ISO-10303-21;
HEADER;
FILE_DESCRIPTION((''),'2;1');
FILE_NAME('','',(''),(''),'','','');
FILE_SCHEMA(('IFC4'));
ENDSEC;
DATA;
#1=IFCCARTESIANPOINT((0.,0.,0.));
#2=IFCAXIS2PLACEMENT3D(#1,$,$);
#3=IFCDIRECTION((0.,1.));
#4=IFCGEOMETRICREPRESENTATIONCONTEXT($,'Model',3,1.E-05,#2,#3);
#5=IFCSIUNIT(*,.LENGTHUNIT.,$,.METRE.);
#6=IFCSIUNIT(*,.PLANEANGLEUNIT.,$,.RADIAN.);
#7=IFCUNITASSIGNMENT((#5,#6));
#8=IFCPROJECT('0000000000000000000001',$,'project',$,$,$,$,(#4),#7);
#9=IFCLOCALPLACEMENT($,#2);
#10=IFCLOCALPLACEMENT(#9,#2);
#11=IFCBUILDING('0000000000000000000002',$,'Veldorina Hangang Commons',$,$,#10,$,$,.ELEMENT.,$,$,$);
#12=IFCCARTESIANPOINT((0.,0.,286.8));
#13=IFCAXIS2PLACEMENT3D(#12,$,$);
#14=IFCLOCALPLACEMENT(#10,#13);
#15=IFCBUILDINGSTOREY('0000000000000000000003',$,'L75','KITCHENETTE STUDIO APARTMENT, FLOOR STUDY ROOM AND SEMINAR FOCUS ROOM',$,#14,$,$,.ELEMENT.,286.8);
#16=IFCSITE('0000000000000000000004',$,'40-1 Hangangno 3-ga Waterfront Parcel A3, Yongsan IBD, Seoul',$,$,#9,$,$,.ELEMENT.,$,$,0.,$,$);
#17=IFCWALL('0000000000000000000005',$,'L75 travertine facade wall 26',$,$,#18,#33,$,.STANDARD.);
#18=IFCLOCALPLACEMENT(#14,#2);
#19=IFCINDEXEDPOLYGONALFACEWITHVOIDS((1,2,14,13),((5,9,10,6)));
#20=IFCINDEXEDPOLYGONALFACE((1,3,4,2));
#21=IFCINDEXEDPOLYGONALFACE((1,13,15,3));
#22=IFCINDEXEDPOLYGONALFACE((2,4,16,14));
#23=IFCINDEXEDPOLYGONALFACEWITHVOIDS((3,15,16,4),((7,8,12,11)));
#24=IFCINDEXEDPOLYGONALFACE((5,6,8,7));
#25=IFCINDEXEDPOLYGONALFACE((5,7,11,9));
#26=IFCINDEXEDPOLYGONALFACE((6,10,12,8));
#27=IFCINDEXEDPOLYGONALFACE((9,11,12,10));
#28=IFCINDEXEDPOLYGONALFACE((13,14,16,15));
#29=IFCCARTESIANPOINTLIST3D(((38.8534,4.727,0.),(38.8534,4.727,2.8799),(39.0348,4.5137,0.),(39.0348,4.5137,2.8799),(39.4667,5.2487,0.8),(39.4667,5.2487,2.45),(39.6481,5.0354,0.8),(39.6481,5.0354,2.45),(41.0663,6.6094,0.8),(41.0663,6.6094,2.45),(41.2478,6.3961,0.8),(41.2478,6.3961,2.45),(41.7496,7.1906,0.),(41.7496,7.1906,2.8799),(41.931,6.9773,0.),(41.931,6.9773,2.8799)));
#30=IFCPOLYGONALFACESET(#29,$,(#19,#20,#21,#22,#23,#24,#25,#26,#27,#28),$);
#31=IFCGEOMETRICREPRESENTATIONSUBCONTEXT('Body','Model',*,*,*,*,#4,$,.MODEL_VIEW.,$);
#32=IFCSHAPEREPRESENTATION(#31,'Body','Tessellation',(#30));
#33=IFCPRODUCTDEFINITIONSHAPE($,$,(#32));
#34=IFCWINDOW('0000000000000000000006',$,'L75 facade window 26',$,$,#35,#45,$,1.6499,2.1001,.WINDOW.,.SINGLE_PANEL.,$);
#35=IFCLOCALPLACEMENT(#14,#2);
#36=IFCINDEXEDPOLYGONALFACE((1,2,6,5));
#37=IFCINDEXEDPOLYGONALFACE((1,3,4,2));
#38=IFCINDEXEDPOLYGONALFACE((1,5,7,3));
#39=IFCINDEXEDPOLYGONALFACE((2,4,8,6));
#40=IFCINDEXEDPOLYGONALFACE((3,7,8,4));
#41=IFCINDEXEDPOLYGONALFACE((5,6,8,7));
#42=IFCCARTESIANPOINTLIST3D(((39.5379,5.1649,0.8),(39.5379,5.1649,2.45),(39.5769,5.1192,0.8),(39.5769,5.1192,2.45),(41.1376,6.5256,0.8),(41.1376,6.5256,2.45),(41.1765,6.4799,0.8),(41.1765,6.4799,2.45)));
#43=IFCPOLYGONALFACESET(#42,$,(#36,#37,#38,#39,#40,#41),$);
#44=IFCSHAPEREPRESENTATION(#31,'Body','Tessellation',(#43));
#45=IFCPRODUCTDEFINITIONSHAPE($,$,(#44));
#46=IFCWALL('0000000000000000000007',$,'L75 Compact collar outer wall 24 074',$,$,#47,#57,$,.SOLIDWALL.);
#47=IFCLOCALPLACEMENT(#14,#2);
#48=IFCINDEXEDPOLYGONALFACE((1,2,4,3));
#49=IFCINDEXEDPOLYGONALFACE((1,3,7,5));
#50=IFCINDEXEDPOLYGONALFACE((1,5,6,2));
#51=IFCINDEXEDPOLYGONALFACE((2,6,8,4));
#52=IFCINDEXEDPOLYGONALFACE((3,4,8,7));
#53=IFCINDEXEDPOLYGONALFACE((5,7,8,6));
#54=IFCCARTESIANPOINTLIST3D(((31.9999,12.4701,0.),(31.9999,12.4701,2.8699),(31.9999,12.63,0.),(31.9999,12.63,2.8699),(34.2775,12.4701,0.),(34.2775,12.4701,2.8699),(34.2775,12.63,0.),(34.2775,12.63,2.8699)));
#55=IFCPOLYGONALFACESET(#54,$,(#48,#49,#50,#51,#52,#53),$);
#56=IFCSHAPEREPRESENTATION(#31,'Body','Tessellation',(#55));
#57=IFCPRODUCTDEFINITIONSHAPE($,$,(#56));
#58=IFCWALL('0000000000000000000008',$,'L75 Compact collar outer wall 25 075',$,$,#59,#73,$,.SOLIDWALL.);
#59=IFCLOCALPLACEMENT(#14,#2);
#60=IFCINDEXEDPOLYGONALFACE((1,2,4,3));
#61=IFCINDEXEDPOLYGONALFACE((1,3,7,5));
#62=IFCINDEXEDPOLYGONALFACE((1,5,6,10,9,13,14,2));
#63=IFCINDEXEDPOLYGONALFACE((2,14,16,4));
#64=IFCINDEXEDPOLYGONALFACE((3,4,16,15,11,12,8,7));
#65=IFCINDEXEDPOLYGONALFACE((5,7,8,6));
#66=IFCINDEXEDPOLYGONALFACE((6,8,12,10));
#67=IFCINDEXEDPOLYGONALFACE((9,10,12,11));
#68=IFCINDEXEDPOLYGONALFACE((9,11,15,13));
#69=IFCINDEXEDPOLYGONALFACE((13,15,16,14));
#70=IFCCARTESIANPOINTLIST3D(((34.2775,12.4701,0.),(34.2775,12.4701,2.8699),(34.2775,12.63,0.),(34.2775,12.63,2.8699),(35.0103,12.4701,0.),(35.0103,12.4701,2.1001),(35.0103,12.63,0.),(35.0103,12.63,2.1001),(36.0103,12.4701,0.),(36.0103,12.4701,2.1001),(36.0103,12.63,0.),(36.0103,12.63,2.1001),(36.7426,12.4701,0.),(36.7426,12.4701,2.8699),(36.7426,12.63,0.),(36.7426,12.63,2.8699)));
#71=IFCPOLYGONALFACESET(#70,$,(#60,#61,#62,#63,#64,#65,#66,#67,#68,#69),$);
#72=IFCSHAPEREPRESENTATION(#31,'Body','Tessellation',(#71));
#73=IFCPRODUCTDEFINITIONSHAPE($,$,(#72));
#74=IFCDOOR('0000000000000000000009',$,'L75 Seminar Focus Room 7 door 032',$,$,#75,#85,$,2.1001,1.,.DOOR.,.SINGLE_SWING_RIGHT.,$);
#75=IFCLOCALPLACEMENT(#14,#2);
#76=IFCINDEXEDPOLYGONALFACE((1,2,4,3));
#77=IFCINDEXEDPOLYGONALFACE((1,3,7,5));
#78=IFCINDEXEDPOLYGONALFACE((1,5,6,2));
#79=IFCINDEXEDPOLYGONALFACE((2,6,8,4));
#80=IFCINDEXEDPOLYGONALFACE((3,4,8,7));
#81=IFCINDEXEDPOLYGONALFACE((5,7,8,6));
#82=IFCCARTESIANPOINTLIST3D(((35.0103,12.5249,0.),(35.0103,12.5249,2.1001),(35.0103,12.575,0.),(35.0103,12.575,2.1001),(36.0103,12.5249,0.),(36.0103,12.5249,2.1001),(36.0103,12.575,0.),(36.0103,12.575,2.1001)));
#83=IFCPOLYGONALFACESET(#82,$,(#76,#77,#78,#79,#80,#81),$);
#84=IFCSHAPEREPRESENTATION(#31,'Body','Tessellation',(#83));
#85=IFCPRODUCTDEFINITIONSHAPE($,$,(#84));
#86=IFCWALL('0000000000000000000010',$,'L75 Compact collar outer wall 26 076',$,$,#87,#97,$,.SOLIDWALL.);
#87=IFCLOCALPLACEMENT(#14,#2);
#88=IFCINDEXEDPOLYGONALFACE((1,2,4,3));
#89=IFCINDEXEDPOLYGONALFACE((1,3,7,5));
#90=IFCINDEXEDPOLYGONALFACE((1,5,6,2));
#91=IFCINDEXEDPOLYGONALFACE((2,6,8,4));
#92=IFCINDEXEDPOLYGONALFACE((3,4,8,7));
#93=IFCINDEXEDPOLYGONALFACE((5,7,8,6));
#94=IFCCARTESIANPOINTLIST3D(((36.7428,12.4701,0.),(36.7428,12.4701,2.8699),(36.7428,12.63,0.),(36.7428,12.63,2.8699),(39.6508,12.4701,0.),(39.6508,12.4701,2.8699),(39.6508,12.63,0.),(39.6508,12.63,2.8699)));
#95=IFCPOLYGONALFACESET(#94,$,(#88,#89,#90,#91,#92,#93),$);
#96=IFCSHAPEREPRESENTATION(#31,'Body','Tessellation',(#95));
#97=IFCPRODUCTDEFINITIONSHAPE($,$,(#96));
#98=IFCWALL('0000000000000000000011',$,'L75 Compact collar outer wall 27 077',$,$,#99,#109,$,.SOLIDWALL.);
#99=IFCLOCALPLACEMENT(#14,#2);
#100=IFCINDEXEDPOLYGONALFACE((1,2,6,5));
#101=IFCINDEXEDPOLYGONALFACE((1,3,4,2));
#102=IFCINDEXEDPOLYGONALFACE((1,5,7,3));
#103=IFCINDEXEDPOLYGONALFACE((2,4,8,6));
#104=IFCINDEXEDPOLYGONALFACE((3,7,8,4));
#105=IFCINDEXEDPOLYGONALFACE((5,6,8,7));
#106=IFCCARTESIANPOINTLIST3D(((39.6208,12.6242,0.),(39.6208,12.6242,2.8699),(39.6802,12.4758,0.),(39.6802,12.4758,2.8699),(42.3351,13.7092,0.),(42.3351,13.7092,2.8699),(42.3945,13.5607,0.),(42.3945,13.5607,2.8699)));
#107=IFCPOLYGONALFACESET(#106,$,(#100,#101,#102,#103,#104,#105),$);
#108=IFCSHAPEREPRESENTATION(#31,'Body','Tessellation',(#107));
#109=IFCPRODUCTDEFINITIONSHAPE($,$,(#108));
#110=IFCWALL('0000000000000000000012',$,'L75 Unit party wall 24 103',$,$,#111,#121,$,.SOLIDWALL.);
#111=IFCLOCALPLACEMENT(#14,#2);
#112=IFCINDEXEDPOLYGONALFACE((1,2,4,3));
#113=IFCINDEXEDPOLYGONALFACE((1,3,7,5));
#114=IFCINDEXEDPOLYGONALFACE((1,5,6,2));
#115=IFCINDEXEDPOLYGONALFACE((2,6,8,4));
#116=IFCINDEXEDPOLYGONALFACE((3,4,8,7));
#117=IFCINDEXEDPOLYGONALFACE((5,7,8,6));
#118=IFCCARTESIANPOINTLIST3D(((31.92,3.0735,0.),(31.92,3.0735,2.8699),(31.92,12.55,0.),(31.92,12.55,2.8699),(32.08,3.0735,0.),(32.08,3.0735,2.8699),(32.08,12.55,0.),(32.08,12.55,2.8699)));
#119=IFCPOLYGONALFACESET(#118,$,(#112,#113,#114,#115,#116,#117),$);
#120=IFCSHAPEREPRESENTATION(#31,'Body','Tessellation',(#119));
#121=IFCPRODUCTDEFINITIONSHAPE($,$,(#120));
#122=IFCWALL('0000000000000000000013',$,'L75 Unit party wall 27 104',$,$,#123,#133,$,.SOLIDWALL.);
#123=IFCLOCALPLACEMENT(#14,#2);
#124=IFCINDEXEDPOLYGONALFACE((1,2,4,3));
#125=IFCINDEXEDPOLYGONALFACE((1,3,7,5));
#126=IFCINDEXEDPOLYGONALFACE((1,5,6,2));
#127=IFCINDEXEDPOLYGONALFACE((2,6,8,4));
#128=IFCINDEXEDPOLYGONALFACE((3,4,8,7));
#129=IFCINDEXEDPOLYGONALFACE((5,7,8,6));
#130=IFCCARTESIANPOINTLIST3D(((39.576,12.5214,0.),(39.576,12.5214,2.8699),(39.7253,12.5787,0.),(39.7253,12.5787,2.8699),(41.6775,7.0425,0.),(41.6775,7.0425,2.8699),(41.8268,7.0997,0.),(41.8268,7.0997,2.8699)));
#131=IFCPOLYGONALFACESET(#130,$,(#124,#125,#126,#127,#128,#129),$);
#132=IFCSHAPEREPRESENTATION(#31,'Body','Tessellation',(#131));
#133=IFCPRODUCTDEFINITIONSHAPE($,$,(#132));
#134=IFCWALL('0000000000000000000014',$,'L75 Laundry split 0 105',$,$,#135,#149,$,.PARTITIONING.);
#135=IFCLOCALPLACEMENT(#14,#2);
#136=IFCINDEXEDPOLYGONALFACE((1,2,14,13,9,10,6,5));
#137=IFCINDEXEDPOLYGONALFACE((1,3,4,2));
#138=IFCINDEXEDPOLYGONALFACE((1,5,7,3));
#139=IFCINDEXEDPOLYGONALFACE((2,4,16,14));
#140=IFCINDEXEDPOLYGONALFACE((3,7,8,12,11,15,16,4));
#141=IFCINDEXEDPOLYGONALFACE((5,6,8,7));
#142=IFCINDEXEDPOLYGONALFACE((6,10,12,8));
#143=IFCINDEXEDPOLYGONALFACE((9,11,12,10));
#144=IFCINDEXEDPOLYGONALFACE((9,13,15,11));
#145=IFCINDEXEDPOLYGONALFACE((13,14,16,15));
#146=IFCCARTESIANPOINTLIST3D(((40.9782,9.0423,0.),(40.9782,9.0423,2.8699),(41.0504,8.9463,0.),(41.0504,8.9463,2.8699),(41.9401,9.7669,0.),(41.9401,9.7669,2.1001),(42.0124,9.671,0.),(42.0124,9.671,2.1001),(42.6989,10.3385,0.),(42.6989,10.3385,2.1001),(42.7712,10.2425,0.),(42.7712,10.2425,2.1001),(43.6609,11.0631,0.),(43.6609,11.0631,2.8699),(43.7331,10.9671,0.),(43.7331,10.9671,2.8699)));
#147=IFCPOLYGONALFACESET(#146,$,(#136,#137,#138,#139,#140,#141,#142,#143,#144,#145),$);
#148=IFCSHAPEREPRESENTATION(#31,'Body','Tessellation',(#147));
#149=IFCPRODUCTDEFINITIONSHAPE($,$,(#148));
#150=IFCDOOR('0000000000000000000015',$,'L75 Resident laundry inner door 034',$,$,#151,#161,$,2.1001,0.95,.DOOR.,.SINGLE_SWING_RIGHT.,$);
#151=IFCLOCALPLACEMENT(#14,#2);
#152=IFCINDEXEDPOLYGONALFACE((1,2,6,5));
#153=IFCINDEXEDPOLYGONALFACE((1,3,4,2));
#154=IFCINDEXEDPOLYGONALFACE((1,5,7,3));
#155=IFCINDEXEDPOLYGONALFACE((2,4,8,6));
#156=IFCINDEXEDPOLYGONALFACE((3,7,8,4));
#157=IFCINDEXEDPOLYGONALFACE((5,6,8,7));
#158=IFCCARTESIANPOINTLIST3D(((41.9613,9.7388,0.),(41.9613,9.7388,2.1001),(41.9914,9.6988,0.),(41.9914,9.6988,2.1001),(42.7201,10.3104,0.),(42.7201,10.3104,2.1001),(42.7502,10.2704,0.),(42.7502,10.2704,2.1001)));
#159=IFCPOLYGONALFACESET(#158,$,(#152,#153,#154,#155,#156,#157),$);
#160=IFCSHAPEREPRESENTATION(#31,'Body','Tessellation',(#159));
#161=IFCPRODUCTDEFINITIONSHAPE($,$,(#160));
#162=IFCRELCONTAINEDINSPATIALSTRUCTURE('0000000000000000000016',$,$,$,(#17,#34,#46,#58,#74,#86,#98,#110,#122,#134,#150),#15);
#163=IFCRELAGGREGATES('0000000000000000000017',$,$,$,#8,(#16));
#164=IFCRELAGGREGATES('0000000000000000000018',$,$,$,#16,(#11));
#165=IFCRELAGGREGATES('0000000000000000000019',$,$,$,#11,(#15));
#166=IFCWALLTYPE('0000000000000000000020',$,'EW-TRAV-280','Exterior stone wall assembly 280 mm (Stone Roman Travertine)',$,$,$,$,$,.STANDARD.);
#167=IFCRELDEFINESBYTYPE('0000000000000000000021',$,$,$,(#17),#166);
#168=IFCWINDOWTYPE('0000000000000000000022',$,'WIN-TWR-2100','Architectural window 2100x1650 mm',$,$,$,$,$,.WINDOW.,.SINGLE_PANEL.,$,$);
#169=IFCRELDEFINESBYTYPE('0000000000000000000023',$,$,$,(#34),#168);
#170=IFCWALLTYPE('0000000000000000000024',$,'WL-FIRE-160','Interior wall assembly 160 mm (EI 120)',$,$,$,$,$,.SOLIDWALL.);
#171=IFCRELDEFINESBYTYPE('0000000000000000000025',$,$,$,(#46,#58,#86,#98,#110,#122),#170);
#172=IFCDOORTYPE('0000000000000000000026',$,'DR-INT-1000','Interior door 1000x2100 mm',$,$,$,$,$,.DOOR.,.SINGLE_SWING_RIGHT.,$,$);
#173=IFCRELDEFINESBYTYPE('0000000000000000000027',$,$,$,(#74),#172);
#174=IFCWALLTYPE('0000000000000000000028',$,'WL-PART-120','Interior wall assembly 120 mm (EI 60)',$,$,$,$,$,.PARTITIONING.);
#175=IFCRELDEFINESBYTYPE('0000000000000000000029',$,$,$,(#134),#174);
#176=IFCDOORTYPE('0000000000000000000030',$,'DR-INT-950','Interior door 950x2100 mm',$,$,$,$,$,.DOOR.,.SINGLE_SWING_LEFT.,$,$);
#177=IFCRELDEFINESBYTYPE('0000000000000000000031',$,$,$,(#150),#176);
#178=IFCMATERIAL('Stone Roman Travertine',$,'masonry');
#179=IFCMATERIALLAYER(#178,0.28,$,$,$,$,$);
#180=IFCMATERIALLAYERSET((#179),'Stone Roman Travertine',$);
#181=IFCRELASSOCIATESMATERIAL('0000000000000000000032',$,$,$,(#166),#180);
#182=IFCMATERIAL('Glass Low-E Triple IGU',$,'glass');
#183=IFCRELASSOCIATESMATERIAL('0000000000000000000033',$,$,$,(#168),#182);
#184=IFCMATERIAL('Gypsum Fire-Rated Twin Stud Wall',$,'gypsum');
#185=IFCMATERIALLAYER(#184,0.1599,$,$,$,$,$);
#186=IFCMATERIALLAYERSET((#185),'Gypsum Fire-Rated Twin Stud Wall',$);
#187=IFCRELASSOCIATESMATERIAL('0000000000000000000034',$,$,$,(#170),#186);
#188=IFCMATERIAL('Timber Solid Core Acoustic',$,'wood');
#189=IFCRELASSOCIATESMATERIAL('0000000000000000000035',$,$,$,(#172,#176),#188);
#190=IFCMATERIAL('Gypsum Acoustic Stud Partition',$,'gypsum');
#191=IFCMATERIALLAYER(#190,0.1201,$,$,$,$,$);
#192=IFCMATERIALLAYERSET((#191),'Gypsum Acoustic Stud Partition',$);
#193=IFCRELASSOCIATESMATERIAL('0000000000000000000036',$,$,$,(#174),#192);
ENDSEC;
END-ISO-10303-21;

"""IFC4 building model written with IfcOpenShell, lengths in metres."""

from ifc_helpers import new_model, si_unit, direction, frame, frame_2d, origin, place, context, subcontext, project, spatial, rectangle, extrude, material, layer, layer_set, type_object, element, fill, save


model = new_model("IFC4")

# Units and contexts
model_context = context("Model", 3, precision=1e-05, world=origin(), true_north=direction((0.0, 1.0)))
body_context = subcontext(model_context, "Body", "Model", "MODEL_VIEW")
ifc_project = project(units=[si_unit("LENGTHUNIT", "METRE"), si_unit("PLANEANGLEUNIT", "RADIAN")], contexts=[model_context])

# Site, building, storey
site_placement = place(None, origin())
site = spatial("IfcSite", under=ifc_project, at=site_placement, Name="40-1 Hangangno 3-ga Waterfront Parcel A3, Yongsan IBD, Seoul", CompositionType="ELEMENT", RefElevation=0.0)
building_placement = place(site_placement, origin())
building = spatial("IfcBuilding", under=site, at=building_placement, Name="Veldorina Hangang Commons", CompositionType="ELEMENT")
storey_placement = place(building_placement, frame((0.0, 0.0, 286.8)))
storey = spatial("IfcBuildingStorey", under=building, at=storey_placement, Name="L75", Description="KITCHENETTE STUDIO APARTMENT, FLOOR STUDY ROOM AND SEMINAR FOCUS ROOM", CompositionType="ELEMENT", Elevation=286.8)

# Shared definitions
ifc_material_1 = material(Name="Stone Roman Travertine", Category="masonry")
ifc_layer_1 = layer(ifc_material_1, 0.28)
ifc_layer_set_1 = layer_set([ifc_layer_1], Name="Stone Roman Travertine")
wall_type_1 = type_object("IfcWallType", Name="EW-TRAV-280", Description="Exterior stone wall assembly 280 mm (Stone Roman Travertine)", PredefinedType="STANDARD", material=ifc_layer_set_1)

# Wall, opening, window
wall_1_placement = place(storey_placement, frame((38.9441, 4.6204, 0.0), z_axis=(0.0, 0.0, 1.0), x_axis=(0.761703, 0.647926, 0.0)))
wall_1 = element("IfcWall", 1, at=wall_1_placement, inside=storey, type_object=wall_type_1, Name="L75 travertine facade wall 26", PredefinedType="STANDARD", context=body_context, shape_type="SweptSolid", body=[
    extrude(rectangle(XDim=3.8022, YDim=0.28, at=frame_2d((1.9011, 0.0))), origin(), (0.0, 0.0, 1.0), 2.8799),
])
opening_1_placement = place(wall_1_placement, frame((0.8052, 0.0, 0.8)))
opening_1 = element("IfcOpeningElement", 2, at=opening_1_placement, cuts=wall_1, PredefinedType="OPENING", context=body_context, shape_type="SweptSolid", body=[
    extrude(rectangle(XDim=2.1001, YDim=1.6499, at=frame_2d((1.05, 0.825))), frame((0.0, 0.1499, 0.0), z_axis=(0.0, -1.0, 0.0), x_axis=(1.0, 0.0, 0.0)), (0.0, 0.0, 1.0), 0.3),
])
ifc_material_2 = material(Name="Glass Low-E Triple IGU", Category="glass")
window_type = type_object("IfcWindowType", Name="WIN-TWR-2100", Description="Architectural window 2100x1650 mm", PartitioningType="SINGLE_PANEL", PredefinedType="WINDOW", material=ifc_material_2)
window_placement = place(opening_1_placement, origin())
window = element("IfcWindow", 3, at=window_placement, inside=storey, type_object=window_type, Name="L75 facade window 26", OverallHeight=1.6499, OverallWidth=2.1001, PartitioningType="SINGLE_PANEL", PredefinedType="WINDOW", context=body_context, shape_type="SweptSolid", body=[
    extrude(rectangle(XDim=2.1001, YDim=1.6499, at=frame_2d((1.05, 0.825))), frame((0.0, 0.03, 0.0), z_axis=(0.0, -1.0, 0.0), x_axis=(1.0, 0.0, 0.0)), (0.0, 0.0, 1.0), 0.0601),
])
fill(opening_1, window)

# Wall
ifc_material_3 = material(Name="Gypsum Fire-Rated Twin Stud Wall", Category="gypsum")
ifc_layer_2 = layer(ifc_material_3, 0.1599)
ifc_layer_set_2 = layer_set([ifc_layer_2], Name="Gypsum Fire-Rated Twin Stud Wall")
wall_type_2 = type_object("IfcWallType", Name="WL-FIRE-160", Description="Interior wall assembly 160 mm (EI 120)", PredefinedType="SOLIDWALL", material=ifc_layer_set_2)
wall_2_placement = place(storey_placement, frame((32.0, 12.55, 0.0), z_axis=(0.0, 0.0, 1.0), x_axis=(1.0, 0.0, 0.0)))
element("IfcWall", 4, at=wall_2_placement, inside=storey, type_object=wall_type_2, Name="L75 Compact collar outer wall 24 074", PredefinedType="SOLIDWALL", context=body_context, shape_type="SweptSolid", body=[
    extrude(rectangle(XDim=2.2776, YDim=0.1599, at=frame_2d((1.1387, 0.0))), origin(), (0.0, 0.0, 1.0), 2.8699),
])

# Wall, opening, door
wall_3_placement = place(storey_placement, frame((34.2776, 12.55, 0.0), z_axis=(0.0, 0.0, 1.0), x_axis=(1.0, 0.0, 0.0)))
wall_3 = element("IfcWall", 5, at=wall_3_placement, inside=storey, type_object=wall_type_2, Name="L75 Compact collar outer wall 25 075", PredefinedType="SOLIDWALL", context=body_context, shape_type="SweptSolid", body=[
    extrude(rectangle(XDim=2.4651, YDim=0.1599, at=frame_2d((1.2324, 0.0))), origin(), (0.0, 0.0, 1.0), 2.8699),
])
opening_2_placement = place(wall_3_placement, frame((0.7327, 0.0, 0.0)))
opening_2 = element("IfcOpeningElement", 6, at=opening_2_placement, cuts=wall_3, PredefinedType="OPENING", context=body_context, shape_type="SweptSolid", body=[
    extrude(rectangle(XDim=1.0, YDim=2.1001, at=frame_2d((0.5, 1.05))), frame((0.0, 0.0898, 0.0), z_axis=(0.0, -1.0, 0.0), x_axis=(1.0, 0.0, 0.0)), (0.0, 0.0, 1.0), 0.1799),
])
ifc_material_4 = material(Name="Timber Solid Core Acoustic", Category="wood")
door_type_1 = type_object("IfcDoorType", Name="DR-INT-1000", Description="Interior door 1000x2100 mm", OperationType="SINGLE_SWING_RIGHT", PredefinedType="DOOR", material=ifc_material_4)
door_1_placement = place(opening_2_placement, origin())
door_1 = element("IfcDoor", 7, at=door_1_placement, inside=storey, type_object=door_type_1, Name="L75 Seminar Focus Room 7 door 032", OperationType="SINGLE_SWING_RIGHT", OverallHeight=2.1001, OverallWidth=1.0, PredefinedType="DOOR", context=body_context, shape_type="SweptSolid", body=[
    extrude(rectangle(XDim=1.0, YDim=2.1001, at=frame_2d((0.5, 1.05))), frame((0.0, 0.0249, 0.0), z_axis=(0.0, -1.0, 0.0), x_axis=(1.0, 0.0, 0.0)), (0.0, 0.0, 1.0), 0.05),
])
fill(opening_2, door_1)

# Walls
wall_4_placement = place(storey_placement, frame((36.7427, 12.55, 0.0), z_axis=(0.0, 0.0, 1.0), x_axis=(1.0, 0.0, 0.0)))
element("IfcWall", 8, at=wall_4_placement, inside=storey, type_object=wall_type_2, Name="L75 Compact collar outer wall 26 076", PredefinedType="SOLIDWALL", context=body_context, shape_type="SweptSolid", body=[
    extrude(rectangle(XDim=2.908, YDim=0.1599, at=frame_2d((1.4541, 0.0))), origin(), (0.0, 0.0, 1.0), 2.8699),
])
wall_5_placement = place(storey_placement, frame((39.6506, 12.55, 0.0), z_axis=(0.0, 0.0, 1.0), x_axis=(0.928569, 0.37116, 0.0)))
element("IfcWall", 9, at=wall_5_placement, inside=storey, type_object=wall_type_2, Name="L75 Compact collar outer wall 27 077", PredefinedType="SOLIDWALL", context=body_context, shape_type="SweptSolid", body=[
    extrude(rectangle(XDim=2.9231, YDim=0.1599, at=frame_2d((1.4614, 0.0))), origin(), (0.0, 0.0, 1.0), 2.8699),
])
wall_6_placement = place(storey_placement, frame((32.0, 12.55, 0.0), z_axis=(0.0, 0.0, 1.0), x_axis=(0.0, -1.0, 0.0)))
element("IfcWall", 10, at=wall_6_placement, inside=storey, type_object=wall_type_2, Name="L75 Unit party wall 24 103", PredefinedType="SOLIDWALL", context=body_context, shape_type="SweptSolid", body=[
    extrude(rectangle(XDim=9.4766, YDim=0.1599, at=frame_2d((4.7383, 0.0))), origin(), (0.0, 0.0, 1.0), 2.8699),
])
wall_7_placement = place(storey_placement, frame((39.6506, 12.55, 0.0), z_axis=(0.0, 0.0, 1.0), x_axis=(0.358126, -0.933673, 0.0)))
element("IfcWall", 11, at=wall_7_placement, inside=storey, type_object=wall_type_2, Name="L75 Unit party wall 27 104", PredefinedType="SOLIDWALL", context=body_context, shape_type="SweptSolid", body=[
    extrude(rectangle(XDim=5.8682, YDim=0.1599, at=frame_2d((2.9341, 0.0))), origin(), (0.0, 0.0, 1.0), 2.8699),
])

# Wall, opening, door
ifc_material_5 = material(Name="Gypsum Acoustic Stud Partition", Category="gypsum")
ifc_layer_3 = layer(ifc_material_5, 0.1201)
ifc_layer_set_3 = layer_set([ifc_layer_3], Name="Gypsum Acoustic Stud Partition")
wall_type_3 = type_object("IfcWallType", Name="WL-PART-120", Description="Interior wall assembly 120 mm (EI 60)", PredefinedType="PARTITIONING", material=ifc_layer_set_3)
wall_8_placement = place(storey_placement, frame((41.0144, 8.9944, 0.0), z_axis=(0.0, 0.0, 1.0), x_axis=(0.798742, 0.601674, 0.0)))
wall_8 = element("IfcWall", 12, at=wall_8_placement, inside=storey, type_object=wall_type_3, Name="L75 Laundry split 0 105", PredefinedType="PARTITIONING", context=body_context, shape_type="SweptSolid", body=[
    extrude(rectangle(XDim=3.3586, YDim=0.1201, at=frame_2d((1.6792, 0.0))), origin(), (0.0, 0.0, 1.0), 2.8699),
])
opening_3_placement = place(wall_8_placement, frame((1.2041, 0.0, 0.0)))
opening_3 = element("IfcOpeningElement", 13, at=opening_3_placement, cuts=wall_8, PredefinedType="OPENING", context=body_context, shape_type="SweptSolid", body=[
    extrude(rectangle(XDim=0.95, YDim=2.1001, at=frame_2d((0.4751, 1.05))), frame((0.0, 0.0701, 0.0), z_axis=(0.0, -1.0, 0.0), x_axis=(1.0, 0.0, 0.0)), (0.0, 0.0, 1.0), 0.1401),
])
door_type_2 = type_object("IfcDoorType", Name="DR-INT-950", Description="Interior door 950x2100 mm", OperationType="SINGLE_SWING_LEFT", PredefinedType="DOOR", material=ifc_material_4)
door_2_placement = place(opening_3_placement, origin())
door_2 = element("IfcDoor", 14, at=door_2_placement, inside=storey, type_object=door_type_2, Name="L75 Resident laundry inner door 034", OperationType="SINGLE_SWING_RIGHT", OverallHeight=2.1001, OverallWidth=0.95, PredefinedType="DOOR", context=body_context, shape_type="SweptSolid", body=[
    extrude(rectangle(XDim=0.95, YDim=2.1001, at=frame_2d((0.4751, 1.05))), frame((0.0, 0.0249, 0.0), z_axis=(0.0, -1.0, 0.0), x_axis=(1.0, 0.0, 0.0)), (0.0, 0.0, 1.0), 0.05),
])
fill(opening_3, door_2)

save(model, "model.ifc")
